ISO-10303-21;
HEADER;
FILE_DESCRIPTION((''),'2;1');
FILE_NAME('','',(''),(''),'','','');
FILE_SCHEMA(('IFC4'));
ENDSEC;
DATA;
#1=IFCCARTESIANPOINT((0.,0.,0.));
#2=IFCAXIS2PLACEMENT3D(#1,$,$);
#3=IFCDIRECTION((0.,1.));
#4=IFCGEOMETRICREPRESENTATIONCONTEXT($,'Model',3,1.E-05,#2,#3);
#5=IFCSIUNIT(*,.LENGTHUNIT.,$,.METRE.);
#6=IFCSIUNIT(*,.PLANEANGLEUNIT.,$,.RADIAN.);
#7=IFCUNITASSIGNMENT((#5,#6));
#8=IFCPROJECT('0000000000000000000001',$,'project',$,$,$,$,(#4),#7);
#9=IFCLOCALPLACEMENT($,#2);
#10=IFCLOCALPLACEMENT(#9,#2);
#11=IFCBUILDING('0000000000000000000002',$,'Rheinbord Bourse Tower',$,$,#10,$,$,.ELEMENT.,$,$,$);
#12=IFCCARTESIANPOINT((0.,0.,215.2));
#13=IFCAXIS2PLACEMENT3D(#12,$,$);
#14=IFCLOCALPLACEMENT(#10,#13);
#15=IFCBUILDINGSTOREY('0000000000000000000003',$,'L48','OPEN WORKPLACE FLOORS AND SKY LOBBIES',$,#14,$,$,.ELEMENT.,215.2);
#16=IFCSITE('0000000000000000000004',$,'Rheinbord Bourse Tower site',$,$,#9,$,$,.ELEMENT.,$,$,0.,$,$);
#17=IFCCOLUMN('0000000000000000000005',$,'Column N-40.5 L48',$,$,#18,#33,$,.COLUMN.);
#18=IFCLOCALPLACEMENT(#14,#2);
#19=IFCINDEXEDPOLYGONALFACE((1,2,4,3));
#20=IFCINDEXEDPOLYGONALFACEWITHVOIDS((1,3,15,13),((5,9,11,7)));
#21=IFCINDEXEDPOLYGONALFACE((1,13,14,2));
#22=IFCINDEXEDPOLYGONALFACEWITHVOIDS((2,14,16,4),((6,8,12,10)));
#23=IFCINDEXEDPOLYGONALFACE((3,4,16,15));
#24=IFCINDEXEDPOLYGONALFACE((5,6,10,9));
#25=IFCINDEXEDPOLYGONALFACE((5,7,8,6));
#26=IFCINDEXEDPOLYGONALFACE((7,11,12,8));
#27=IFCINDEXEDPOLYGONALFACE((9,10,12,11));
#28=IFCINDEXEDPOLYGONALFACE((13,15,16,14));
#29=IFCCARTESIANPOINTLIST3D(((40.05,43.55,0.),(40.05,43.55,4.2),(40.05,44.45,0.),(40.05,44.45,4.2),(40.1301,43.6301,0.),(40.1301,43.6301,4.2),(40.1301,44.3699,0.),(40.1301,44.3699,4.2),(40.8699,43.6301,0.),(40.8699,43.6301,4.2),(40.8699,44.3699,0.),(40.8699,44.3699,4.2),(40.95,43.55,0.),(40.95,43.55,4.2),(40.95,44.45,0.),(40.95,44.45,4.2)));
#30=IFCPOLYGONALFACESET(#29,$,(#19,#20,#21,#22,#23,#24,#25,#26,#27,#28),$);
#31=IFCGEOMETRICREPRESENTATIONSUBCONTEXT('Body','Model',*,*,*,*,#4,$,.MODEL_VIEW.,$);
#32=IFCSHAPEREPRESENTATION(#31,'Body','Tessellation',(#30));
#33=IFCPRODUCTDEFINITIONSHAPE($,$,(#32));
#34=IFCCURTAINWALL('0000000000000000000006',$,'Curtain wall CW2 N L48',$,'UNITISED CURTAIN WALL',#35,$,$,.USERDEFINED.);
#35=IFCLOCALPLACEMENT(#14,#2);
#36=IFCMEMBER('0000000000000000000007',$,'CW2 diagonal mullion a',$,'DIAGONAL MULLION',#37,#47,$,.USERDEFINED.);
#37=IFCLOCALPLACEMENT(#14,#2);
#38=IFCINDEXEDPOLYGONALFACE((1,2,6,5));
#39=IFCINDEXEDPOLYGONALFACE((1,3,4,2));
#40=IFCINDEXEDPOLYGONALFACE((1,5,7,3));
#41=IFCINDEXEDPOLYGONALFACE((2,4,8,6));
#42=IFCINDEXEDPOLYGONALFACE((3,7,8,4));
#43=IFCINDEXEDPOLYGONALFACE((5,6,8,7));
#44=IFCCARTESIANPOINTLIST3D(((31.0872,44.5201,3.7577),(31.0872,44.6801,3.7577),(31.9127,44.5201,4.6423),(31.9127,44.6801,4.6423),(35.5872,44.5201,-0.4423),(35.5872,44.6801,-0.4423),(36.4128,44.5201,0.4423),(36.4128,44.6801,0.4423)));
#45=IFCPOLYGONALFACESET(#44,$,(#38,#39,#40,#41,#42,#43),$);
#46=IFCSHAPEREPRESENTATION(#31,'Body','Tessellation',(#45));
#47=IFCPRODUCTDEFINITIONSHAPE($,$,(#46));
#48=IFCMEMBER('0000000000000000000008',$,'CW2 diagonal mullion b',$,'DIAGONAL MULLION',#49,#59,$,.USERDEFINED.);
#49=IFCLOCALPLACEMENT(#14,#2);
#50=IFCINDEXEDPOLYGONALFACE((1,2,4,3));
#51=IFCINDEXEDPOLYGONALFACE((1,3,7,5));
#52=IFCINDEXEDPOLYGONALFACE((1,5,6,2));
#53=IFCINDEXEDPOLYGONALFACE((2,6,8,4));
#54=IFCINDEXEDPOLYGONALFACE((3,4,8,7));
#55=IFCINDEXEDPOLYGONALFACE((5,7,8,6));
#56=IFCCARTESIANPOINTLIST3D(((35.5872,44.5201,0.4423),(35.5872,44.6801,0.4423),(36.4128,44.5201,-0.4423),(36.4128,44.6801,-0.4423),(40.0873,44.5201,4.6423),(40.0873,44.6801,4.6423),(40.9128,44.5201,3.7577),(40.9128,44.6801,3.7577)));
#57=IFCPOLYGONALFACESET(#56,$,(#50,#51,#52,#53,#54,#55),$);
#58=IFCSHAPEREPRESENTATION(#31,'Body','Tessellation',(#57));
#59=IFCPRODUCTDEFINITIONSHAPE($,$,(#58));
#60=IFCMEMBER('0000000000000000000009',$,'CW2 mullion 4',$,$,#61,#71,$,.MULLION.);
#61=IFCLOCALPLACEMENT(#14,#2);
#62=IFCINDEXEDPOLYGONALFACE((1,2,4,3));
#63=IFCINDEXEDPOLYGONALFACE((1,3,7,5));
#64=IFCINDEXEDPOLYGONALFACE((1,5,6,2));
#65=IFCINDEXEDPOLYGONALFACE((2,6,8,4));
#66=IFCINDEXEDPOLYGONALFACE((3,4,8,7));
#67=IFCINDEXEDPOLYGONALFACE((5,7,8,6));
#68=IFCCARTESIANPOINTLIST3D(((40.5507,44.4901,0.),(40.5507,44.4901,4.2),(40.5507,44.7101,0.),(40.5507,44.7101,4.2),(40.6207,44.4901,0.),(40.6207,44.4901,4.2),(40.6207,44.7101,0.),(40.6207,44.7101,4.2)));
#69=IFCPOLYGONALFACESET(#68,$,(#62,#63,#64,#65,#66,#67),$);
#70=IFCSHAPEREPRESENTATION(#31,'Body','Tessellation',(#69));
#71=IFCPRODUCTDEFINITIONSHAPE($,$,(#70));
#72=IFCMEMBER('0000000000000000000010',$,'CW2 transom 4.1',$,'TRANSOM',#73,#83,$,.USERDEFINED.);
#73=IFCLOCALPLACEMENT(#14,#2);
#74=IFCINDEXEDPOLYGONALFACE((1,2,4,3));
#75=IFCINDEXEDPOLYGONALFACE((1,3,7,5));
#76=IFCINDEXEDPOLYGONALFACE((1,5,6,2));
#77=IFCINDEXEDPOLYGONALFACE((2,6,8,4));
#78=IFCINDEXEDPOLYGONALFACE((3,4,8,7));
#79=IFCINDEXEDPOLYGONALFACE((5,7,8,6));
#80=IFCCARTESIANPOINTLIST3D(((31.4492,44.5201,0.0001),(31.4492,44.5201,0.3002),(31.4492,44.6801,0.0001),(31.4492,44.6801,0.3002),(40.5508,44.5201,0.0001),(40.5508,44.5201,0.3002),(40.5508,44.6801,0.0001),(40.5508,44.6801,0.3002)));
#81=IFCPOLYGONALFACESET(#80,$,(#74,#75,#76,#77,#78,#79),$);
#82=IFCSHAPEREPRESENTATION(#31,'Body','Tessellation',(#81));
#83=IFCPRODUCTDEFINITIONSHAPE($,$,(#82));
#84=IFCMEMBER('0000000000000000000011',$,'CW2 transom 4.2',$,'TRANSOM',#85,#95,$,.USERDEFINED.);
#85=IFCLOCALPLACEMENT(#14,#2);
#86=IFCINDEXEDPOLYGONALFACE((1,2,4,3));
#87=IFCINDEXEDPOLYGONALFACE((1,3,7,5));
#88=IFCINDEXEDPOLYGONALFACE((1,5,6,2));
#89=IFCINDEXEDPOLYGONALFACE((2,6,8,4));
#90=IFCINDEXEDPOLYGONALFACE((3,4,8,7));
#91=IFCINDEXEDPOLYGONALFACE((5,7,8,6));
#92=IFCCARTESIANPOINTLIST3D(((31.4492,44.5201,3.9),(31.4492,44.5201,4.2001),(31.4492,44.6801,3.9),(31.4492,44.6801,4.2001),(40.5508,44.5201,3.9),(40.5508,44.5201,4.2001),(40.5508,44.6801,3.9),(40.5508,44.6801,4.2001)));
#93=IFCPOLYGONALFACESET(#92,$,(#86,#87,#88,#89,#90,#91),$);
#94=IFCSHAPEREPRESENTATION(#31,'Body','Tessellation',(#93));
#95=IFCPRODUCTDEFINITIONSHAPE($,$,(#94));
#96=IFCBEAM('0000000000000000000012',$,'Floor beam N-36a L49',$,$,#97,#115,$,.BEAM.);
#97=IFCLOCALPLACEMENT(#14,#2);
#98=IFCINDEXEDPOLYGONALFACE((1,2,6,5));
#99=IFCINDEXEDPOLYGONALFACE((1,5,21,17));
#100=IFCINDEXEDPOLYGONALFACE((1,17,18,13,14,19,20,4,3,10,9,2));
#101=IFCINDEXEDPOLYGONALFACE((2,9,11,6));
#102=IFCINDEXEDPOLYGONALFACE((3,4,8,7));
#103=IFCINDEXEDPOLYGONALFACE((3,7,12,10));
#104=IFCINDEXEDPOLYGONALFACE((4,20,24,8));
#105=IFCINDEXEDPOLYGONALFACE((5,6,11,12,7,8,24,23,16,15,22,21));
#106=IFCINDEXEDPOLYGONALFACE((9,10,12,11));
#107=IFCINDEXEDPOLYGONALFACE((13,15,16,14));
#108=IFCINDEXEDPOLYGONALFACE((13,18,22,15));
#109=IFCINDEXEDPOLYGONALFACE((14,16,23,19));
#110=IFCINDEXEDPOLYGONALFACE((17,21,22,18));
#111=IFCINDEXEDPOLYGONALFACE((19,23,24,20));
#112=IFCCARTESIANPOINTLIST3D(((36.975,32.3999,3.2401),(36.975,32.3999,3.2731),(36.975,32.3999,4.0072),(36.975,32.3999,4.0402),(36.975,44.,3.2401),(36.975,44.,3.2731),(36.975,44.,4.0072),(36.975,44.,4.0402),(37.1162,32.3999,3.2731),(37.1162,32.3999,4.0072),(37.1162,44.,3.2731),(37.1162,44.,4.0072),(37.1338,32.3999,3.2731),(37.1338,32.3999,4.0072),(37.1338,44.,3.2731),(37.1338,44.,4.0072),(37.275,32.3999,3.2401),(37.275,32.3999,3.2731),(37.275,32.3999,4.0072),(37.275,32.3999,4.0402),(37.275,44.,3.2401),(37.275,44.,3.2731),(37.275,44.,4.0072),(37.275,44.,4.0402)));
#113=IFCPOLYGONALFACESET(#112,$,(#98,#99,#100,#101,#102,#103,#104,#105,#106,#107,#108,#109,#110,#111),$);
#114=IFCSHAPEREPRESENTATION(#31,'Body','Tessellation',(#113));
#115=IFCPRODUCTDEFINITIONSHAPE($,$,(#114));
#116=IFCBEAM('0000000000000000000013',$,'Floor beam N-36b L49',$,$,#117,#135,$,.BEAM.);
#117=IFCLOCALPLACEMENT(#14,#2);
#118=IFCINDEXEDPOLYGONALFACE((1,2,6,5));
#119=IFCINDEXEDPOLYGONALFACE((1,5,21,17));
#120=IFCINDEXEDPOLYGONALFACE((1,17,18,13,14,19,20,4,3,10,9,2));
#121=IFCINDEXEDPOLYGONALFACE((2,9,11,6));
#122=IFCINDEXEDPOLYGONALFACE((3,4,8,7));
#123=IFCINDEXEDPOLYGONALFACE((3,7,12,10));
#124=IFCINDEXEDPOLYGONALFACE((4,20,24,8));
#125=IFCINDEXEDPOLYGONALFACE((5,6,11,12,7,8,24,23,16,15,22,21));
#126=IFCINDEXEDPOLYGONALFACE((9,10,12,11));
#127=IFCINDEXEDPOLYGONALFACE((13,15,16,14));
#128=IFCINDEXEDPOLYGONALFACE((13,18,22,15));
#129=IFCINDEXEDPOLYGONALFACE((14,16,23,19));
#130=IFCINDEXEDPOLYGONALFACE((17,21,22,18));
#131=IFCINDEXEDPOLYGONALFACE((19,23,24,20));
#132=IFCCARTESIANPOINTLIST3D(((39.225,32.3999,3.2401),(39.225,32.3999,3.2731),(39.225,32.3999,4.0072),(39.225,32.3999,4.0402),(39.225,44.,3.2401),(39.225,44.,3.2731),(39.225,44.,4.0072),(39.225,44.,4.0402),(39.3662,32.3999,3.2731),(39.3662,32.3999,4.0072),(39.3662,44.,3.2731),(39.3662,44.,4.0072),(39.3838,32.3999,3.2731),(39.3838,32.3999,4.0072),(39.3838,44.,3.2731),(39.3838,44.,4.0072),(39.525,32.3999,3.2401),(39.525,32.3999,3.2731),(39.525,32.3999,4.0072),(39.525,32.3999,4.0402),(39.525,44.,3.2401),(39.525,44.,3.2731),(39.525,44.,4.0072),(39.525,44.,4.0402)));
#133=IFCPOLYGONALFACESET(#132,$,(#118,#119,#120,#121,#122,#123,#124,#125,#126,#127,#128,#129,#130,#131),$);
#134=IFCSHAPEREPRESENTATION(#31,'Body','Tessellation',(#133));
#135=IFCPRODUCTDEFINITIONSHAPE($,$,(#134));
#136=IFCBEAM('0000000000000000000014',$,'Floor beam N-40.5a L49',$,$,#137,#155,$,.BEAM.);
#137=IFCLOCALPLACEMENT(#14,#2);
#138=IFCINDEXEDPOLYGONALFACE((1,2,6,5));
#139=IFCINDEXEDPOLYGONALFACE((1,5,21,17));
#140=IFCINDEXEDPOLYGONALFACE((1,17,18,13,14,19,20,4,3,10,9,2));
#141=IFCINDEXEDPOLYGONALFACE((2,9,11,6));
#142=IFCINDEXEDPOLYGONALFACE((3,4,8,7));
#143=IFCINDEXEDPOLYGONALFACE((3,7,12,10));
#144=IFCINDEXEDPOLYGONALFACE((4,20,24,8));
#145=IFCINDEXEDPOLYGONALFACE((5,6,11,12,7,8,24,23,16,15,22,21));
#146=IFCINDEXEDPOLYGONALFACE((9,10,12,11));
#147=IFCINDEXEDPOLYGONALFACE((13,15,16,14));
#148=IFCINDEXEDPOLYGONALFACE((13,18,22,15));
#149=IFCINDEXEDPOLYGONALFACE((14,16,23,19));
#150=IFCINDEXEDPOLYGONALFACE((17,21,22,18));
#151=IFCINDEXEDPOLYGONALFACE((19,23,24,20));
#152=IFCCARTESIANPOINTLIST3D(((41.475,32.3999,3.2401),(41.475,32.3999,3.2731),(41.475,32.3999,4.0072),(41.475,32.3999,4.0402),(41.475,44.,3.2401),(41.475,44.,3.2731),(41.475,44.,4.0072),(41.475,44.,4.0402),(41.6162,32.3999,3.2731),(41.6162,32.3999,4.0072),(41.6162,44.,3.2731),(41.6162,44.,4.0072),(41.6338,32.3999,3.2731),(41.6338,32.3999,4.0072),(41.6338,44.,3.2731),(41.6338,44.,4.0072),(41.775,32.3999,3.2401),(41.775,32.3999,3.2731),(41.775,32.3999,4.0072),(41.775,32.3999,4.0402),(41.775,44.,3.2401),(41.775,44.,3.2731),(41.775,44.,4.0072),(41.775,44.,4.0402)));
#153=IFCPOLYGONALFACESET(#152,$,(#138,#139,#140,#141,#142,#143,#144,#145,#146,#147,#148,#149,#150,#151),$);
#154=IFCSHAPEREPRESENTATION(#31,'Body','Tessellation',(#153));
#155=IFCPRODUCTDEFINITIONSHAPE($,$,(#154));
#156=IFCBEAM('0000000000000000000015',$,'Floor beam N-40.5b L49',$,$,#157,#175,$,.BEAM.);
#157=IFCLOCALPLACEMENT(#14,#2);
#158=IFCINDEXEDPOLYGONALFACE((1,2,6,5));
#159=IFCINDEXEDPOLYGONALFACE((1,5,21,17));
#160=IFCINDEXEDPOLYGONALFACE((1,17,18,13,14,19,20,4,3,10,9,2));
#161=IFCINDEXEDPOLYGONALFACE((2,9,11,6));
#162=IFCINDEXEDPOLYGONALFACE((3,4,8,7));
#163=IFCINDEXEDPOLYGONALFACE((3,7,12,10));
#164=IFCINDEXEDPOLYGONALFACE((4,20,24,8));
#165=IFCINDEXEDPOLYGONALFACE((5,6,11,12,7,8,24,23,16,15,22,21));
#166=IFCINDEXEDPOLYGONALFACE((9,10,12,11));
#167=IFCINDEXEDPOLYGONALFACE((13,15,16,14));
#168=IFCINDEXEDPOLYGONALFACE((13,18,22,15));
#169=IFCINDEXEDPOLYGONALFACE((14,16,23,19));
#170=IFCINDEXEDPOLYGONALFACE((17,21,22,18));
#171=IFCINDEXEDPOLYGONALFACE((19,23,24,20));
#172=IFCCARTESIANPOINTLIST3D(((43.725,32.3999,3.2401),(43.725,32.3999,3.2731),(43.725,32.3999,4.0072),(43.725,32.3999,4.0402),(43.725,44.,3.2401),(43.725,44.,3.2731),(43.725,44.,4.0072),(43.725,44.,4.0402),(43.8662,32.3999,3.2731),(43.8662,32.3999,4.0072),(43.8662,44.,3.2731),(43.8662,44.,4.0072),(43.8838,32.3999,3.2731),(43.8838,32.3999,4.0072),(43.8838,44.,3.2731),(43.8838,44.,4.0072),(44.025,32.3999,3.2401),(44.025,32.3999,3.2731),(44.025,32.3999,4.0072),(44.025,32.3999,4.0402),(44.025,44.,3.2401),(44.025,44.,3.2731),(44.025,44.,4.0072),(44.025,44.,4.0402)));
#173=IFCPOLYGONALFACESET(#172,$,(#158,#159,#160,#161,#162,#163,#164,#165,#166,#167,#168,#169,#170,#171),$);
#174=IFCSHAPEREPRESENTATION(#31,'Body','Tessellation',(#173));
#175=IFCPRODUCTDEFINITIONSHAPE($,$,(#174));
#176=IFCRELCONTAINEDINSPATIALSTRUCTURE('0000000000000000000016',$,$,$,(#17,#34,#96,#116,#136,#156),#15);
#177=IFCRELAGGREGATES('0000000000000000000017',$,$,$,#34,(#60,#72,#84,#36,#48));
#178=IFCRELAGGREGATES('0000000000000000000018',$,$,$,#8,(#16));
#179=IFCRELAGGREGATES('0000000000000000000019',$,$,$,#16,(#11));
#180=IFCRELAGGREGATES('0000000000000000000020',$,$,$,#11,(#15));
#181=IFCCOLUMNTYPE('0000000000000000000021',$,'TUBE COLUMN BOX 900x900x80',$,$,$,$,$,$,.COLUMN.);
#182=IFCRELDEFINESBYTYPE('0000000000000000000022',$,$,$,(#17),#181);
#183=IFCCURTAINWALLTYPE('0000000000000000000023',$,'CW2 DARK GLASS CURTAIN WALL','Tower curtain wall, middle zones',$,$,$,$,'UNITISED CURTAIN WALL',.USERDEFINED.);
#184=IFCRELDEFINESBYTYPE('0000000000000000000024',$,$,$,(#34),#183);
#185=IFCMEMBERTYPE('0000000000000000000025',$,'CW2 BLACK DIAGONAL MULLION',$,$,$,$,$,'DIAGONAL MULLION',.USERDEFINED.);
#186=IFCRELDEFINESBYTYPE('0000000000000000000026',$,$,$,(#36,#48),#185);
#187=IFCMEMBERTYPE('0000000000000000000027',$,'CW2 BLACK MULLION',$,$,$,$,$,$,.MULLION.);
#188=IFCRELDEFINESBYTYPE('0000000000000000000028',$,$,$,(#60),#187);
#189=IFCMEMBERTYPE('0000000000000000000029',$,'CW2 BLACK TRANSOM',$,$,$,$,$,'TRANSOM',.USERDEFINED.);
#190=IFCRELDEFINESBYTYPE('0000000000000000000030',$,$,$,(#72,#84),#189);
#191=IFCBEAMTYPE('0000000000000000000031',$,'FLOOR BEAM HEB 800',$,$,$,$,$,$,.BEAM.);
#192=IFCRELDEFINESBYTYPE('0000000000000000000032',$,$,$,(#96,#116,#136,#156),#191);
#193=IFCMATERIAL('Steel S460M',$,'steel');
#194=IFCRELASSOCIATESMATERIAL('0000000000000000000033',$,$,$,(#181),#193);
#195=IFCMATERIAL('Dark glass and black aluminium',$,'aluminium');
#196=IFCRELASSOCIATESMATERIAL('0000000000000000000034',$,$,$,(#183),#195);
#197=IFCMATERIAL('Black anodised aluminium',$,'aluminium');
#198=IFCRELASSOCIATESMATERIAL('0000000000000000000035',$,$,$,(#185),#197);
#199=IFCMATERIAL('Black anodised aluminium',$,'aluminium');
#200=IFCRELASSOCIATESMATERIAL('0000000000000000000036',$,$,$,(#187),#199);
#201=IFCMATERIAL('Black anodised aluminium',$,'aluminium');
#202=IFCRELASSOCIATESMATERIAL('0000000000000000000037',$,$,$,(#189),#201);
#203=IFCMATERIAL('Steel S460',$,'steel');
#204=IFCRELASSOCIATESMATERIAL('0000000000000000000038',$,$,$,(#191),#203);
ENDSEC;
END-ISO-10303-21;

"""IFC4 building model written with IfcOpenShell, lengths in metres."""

from ifc_helpers import new_model, si_unit, direction, frame, origin, origin_2d, place, context, subcontext, project, spatial, rectangle, hollow_rectangle, i_section, extrude, material, material_profile, profile_set, type_object, element, aggregate, save


model = new_model("IFC4")

# Units and contexts
model_context = context("Model", 3, precision=1e-05, world=origin(), true_north=direction((0.0, 1.0)))
body_context = subcontext(model_context, "Body", "Model", "MODEL_VIEW")
ifc_project = project(units=[si_unit("LENGTHUNIT", "METRE"), si_unit("PLANEANGLEUNIT", "RADIAN")], contexts=[model_context])

# Site, building, storey
site_placement = place(None, origin())
site = spatial("IfcSite", under=ifc_project, at=site_placement, Name="Rheinbord Bourse Tower site", CompositionType="ELEMENT", RefElevation=0.0)
building_placement = place(site_placement, origin())
building = spatial("IfcBuilding", under=site, at=building_placement, Name="Rheinbord Bourse Tower", CompositionType="ELEMENT")
storey_placement = place(building_placement, frame((0.0, 0.0, 215.2)))
storey = spatial("IfcBuildingStorey", under=building, at=storey_placement, Name="L48", Description="OPEN WORKPLACE FLOORS AND SKY LOBBIES", CompositionType="ELEMENT", Elevation=215.2)

# Column
ifc_material_1 = material(Name="Steel S460M", Category="steel")
ifc_material_profile_1 = material_profile(ifc_material_1, hollow_rectangle(XDim=0.8999, YDim=0.8999, WallThickness=0.0801, at=origin_2d()), Name="BOX 900x900x80")
ifc_profile_set_1 = profile_set([ifc_material_profile_1], Name="Steel S460M")
column_type = type_object("IfcColumnType", Name="TUBE COLUMN BOX 900x900x80", PredefinedType="COLUMN", material=ifc_profile_set_1)
column_placement = place(storey_placement, frame((40.5, 44.0, 0.0), z_axis=(0.0, 0.0, 1.0), x_axis=(0.0, 1.0, 0.0)))
element("IfcColumn", 1, at=column_placement, inside=storey, type_object=column_type, Name="Column N-40.5 L48", PredefinedType="COLUMN", context=body_context, shape_type="SweptSolid", body=[
    extrude(hollow_rectangle(XDim=0.8999, YDim=0.8999, WallThickness=0.0801, at=origin_2d()), origin(), (0.0, 0.0, 1.0), 4.2),
])

# Curtain wall, members
ifc_material_2 = material(Name="Dark glass and black aluminium", Category="aluminium")
curtain_wall_type = type_object("IfcCurtainWallType", Name="CW2 DARK GLASS CURTAIN WALL", Description="Tower curtain wall, middle zones", ElementType="UNITISED CURTAIN WALL", PredefinedType="USERDEFINED", material=ifc_material_2)
curtain_wall_placement = place(storey_placement, origin())
curtain_wall = element("IfcCurtainWall", 2, at=curtain_wall_placement, inside=storey, type_object=curtain_wall_type, Name="Curtain wall CW2 N L48", ObjectType="UNITISED CURTAIN WALL", PredefinedType="USERDEFINED")
ifc_material_3 = material(Name="Black anodised aluminium", Category="aluminium")
ifc_material_profile_2 = material_profile(ifc_material_3, rectangle(XDim=0.1599, YDim=1.21, at=origin_2d()), Name="CW2 DIAGONAL MULLION 1210x160")
ifc_profile_set_2 = profile_set([ifc_material_profile_2], Name="Black anodised aluminium")
member_type_1 = type_object("IfcMemberType", Name="CW2 BLACK DIAGONAL MULLION", ElementType="DIAGONAL MULLION", PredefinedType="USERDEFINED", material=ifc_profile_set_2)
member_1_placement = place(storey_placement, frame((36.0, 44.6001, 0.0), z_axis=(-0.731059, 0.0, 0.682314), x_axis=(0.0, -1.0, 0.0)))
member_1 = element("IfcMember", 3, at=member_1_placement, type_object=member_type_1, Name="CW2 diagonal mullion a", ObjectType="DIAGONAL MULLION", PredefinedType="USERDEFINED", context=body_context, shape_type="SweptSolid", body=[
    extrude(rectangle(XDim=0.1599, YDim=1.21, at=origin_2d()), origin(), (0.0, 0.0, 1.0), 6.1555),
])
member_2_placement = place(storey_placement, frame((36.0, 44.6001, 0.0), z_axis=(0.731059, 0.0, 0.682314), x_axis=(0.0, 1.0, 0.0)))
member_2 = element("IfcMember", 4, at=member_2_placement, type_object=member_type_1, Name="CW2 diagonal mullion b", ObjectType="DIAGONAL MULLION", PredefinedType="USERDEFINED", context=body_context, shape_type="SweptSolid", body=[
    extrude(rectangle(XDim=0.1599, YDim=1.21, at=origin_2d()), origin(), (0.0, 0.0, 1.0), 6.1555),
])
ifc_material_4 = material(Name="Black anodised aluminium", Category="aluminium")
ifc_material_profile_3 = material_profile(ifc_material_4, rectangle(XDim=0.22, YDim=0.0701, at=origin_2d()), Name="CW2 MULLION 70x220")
ifc_profile_set_3 = profile_set([ifc_material_profile_3], Name="Black anodised aluminium")
member_type_2 = type_object("IfcMemberType", Name="CW2 BLACK MULLION", PredefinedType="MULLION", material=ifc_profile_set_3)
member_3_placement = place(storey_placement, frame((40.5857, 44.6001, 0.0), z_axis=(0.0, 0.0, 1.0), x_axis=(0.0, -1.0, 0.0)))
member_3 = element("IfcMember", 5, at=member_3_placement, type_object=member_type_2, Name="CW2 mullion 4", PredefinedType="MULLION", context=body_context, shape_type="SweptSolid", body=[
    extrude(rectangle(XDim=0.22, YDim=0.0701, at=origin_2d()), origin(), (0.0, 0.0, 1.0), 4.2),
])
ifc_material_5 = material(Name="Black anodised aluminium", Category="aluminium")
ifc_material_profile_4 = material_profile(ifc_material_5, rectangle(XDim=0.1599, YDim=0.3, at=origin_2d()), Name="CW2 TRANSOM 300x160")
ifc_profile_set_4 = profile_set([ifc_material_profile_4], Name="Black anodised aluminium")
member_type_3 = type_object("IfcMemberType", Name="CW2 BLACK TRANSOM", ElementType="TRANSOM", PredefinedType="USERDEFINED", material=ifc_profile_set_4)
member_4_placement = place(storey_placement, frame((40.5508, 44.6001, 0.1501), z_axis=(-1.0, 0.0, 0.0), x_axis=(0.0, -1.0, 0.0)))
member_4 = element("IfcMember", 6, at=member_4_placement, type_object=member_type_3, Name="CW2 transom 4.1", ObjectType="TRANSOM", PredefinedType="USERDEFINED", context=body_context, shape_type="SweptSolid", body=[
    extrude(rectangle(XDim=0.1599, YDim=0.3, at=origin_2d()), origin(), (0.0, 0.0, 1.0), 9.1016),
])
member_5_placement = place(storey_placement, frame((40.5508, 44.6001, 4.05), z_axis=(-1.0, 0.0, 0.0), x_axis=(0.0, -1.0, 0.0)))
member_5 = element("IfcMember", 7, at=member_5_placement, type_object=member_type_3, Name="CW2 transom 4.2", ObjectType="TRANSOM", PredefinedType="USERDEFINED", context=body_context, shape_type="SweptSolid", body=[
    extrude(rectangle(XDim=0.1599, YDim=0.3, at=origin_2d()), origin(), (0.0, 0.0, 1.0), 9.1016),
])

# Beams
ifc_material_6 = material(Name="Steel S460", Category="steel")
ifc_material_profile_5 = material_profile(ifc_material_6, i_section(OverallWidth=0.3, OverallDepth=0.8, WebThickness=0.0176, FlangeThickness=0.033, at=origin_2d()), Name="HEB 800")
ifc_profile_set_5 = profile_set([ifc_material_profile_5], Name="Steel S460")
beam_type_1 = type_object("IfcBeamType", Name="FLOOR BEAM HEB 800", PredefinedType="BEAM", material=ifc_profile_set_5)
for number, where, z_axis, x_axis, name in (
    (8, (37.125, 44.0, 3.6401), (0.0, -1.0, 0.0), (1.0, 0.0, 0.0), "Floor beam N-36a L49"),
    (9, (39.375, 44.0, 3.6401), (0.0, -1.0, 0.0), (1.0, 0.0, 0.0), "Floor beam N-36b L49"),
    (10, (41.625, 44.0, 3.6401), (0.0, -1.0, 0.0), (1.0, 0.0, 0.0), "Floor beam N-40.5a L49"),
    (11, (43.875, 44.0, 3.6401), (0.0, -1.0, 0.0), (1.0, 0.0, 0.0), "Floor beam N-40.5b L49"),
):
    element("IfcBeam", number, at=place(storey_placement, frame(where, z_axis=z_axis, x_axis=x_axis)), inside=storey, type_object=beam_type_1, Name=name, PredefinedType="BEAM", context=body_context, shape_type="SweptSolid", body=[
        extrude(i_section(OverallWidth=0.3, OverallDepth=0.8, WebThickness=0.0176, FlangeThickness=0.033, at=origin_2d()), origin(), (0.0, 0.0, 1.0), 11.6001),
    ])

aggregate(curtain_wall, [member_3, member_4, member_5, member_1, member_2])

save(model, "model.ifc")
